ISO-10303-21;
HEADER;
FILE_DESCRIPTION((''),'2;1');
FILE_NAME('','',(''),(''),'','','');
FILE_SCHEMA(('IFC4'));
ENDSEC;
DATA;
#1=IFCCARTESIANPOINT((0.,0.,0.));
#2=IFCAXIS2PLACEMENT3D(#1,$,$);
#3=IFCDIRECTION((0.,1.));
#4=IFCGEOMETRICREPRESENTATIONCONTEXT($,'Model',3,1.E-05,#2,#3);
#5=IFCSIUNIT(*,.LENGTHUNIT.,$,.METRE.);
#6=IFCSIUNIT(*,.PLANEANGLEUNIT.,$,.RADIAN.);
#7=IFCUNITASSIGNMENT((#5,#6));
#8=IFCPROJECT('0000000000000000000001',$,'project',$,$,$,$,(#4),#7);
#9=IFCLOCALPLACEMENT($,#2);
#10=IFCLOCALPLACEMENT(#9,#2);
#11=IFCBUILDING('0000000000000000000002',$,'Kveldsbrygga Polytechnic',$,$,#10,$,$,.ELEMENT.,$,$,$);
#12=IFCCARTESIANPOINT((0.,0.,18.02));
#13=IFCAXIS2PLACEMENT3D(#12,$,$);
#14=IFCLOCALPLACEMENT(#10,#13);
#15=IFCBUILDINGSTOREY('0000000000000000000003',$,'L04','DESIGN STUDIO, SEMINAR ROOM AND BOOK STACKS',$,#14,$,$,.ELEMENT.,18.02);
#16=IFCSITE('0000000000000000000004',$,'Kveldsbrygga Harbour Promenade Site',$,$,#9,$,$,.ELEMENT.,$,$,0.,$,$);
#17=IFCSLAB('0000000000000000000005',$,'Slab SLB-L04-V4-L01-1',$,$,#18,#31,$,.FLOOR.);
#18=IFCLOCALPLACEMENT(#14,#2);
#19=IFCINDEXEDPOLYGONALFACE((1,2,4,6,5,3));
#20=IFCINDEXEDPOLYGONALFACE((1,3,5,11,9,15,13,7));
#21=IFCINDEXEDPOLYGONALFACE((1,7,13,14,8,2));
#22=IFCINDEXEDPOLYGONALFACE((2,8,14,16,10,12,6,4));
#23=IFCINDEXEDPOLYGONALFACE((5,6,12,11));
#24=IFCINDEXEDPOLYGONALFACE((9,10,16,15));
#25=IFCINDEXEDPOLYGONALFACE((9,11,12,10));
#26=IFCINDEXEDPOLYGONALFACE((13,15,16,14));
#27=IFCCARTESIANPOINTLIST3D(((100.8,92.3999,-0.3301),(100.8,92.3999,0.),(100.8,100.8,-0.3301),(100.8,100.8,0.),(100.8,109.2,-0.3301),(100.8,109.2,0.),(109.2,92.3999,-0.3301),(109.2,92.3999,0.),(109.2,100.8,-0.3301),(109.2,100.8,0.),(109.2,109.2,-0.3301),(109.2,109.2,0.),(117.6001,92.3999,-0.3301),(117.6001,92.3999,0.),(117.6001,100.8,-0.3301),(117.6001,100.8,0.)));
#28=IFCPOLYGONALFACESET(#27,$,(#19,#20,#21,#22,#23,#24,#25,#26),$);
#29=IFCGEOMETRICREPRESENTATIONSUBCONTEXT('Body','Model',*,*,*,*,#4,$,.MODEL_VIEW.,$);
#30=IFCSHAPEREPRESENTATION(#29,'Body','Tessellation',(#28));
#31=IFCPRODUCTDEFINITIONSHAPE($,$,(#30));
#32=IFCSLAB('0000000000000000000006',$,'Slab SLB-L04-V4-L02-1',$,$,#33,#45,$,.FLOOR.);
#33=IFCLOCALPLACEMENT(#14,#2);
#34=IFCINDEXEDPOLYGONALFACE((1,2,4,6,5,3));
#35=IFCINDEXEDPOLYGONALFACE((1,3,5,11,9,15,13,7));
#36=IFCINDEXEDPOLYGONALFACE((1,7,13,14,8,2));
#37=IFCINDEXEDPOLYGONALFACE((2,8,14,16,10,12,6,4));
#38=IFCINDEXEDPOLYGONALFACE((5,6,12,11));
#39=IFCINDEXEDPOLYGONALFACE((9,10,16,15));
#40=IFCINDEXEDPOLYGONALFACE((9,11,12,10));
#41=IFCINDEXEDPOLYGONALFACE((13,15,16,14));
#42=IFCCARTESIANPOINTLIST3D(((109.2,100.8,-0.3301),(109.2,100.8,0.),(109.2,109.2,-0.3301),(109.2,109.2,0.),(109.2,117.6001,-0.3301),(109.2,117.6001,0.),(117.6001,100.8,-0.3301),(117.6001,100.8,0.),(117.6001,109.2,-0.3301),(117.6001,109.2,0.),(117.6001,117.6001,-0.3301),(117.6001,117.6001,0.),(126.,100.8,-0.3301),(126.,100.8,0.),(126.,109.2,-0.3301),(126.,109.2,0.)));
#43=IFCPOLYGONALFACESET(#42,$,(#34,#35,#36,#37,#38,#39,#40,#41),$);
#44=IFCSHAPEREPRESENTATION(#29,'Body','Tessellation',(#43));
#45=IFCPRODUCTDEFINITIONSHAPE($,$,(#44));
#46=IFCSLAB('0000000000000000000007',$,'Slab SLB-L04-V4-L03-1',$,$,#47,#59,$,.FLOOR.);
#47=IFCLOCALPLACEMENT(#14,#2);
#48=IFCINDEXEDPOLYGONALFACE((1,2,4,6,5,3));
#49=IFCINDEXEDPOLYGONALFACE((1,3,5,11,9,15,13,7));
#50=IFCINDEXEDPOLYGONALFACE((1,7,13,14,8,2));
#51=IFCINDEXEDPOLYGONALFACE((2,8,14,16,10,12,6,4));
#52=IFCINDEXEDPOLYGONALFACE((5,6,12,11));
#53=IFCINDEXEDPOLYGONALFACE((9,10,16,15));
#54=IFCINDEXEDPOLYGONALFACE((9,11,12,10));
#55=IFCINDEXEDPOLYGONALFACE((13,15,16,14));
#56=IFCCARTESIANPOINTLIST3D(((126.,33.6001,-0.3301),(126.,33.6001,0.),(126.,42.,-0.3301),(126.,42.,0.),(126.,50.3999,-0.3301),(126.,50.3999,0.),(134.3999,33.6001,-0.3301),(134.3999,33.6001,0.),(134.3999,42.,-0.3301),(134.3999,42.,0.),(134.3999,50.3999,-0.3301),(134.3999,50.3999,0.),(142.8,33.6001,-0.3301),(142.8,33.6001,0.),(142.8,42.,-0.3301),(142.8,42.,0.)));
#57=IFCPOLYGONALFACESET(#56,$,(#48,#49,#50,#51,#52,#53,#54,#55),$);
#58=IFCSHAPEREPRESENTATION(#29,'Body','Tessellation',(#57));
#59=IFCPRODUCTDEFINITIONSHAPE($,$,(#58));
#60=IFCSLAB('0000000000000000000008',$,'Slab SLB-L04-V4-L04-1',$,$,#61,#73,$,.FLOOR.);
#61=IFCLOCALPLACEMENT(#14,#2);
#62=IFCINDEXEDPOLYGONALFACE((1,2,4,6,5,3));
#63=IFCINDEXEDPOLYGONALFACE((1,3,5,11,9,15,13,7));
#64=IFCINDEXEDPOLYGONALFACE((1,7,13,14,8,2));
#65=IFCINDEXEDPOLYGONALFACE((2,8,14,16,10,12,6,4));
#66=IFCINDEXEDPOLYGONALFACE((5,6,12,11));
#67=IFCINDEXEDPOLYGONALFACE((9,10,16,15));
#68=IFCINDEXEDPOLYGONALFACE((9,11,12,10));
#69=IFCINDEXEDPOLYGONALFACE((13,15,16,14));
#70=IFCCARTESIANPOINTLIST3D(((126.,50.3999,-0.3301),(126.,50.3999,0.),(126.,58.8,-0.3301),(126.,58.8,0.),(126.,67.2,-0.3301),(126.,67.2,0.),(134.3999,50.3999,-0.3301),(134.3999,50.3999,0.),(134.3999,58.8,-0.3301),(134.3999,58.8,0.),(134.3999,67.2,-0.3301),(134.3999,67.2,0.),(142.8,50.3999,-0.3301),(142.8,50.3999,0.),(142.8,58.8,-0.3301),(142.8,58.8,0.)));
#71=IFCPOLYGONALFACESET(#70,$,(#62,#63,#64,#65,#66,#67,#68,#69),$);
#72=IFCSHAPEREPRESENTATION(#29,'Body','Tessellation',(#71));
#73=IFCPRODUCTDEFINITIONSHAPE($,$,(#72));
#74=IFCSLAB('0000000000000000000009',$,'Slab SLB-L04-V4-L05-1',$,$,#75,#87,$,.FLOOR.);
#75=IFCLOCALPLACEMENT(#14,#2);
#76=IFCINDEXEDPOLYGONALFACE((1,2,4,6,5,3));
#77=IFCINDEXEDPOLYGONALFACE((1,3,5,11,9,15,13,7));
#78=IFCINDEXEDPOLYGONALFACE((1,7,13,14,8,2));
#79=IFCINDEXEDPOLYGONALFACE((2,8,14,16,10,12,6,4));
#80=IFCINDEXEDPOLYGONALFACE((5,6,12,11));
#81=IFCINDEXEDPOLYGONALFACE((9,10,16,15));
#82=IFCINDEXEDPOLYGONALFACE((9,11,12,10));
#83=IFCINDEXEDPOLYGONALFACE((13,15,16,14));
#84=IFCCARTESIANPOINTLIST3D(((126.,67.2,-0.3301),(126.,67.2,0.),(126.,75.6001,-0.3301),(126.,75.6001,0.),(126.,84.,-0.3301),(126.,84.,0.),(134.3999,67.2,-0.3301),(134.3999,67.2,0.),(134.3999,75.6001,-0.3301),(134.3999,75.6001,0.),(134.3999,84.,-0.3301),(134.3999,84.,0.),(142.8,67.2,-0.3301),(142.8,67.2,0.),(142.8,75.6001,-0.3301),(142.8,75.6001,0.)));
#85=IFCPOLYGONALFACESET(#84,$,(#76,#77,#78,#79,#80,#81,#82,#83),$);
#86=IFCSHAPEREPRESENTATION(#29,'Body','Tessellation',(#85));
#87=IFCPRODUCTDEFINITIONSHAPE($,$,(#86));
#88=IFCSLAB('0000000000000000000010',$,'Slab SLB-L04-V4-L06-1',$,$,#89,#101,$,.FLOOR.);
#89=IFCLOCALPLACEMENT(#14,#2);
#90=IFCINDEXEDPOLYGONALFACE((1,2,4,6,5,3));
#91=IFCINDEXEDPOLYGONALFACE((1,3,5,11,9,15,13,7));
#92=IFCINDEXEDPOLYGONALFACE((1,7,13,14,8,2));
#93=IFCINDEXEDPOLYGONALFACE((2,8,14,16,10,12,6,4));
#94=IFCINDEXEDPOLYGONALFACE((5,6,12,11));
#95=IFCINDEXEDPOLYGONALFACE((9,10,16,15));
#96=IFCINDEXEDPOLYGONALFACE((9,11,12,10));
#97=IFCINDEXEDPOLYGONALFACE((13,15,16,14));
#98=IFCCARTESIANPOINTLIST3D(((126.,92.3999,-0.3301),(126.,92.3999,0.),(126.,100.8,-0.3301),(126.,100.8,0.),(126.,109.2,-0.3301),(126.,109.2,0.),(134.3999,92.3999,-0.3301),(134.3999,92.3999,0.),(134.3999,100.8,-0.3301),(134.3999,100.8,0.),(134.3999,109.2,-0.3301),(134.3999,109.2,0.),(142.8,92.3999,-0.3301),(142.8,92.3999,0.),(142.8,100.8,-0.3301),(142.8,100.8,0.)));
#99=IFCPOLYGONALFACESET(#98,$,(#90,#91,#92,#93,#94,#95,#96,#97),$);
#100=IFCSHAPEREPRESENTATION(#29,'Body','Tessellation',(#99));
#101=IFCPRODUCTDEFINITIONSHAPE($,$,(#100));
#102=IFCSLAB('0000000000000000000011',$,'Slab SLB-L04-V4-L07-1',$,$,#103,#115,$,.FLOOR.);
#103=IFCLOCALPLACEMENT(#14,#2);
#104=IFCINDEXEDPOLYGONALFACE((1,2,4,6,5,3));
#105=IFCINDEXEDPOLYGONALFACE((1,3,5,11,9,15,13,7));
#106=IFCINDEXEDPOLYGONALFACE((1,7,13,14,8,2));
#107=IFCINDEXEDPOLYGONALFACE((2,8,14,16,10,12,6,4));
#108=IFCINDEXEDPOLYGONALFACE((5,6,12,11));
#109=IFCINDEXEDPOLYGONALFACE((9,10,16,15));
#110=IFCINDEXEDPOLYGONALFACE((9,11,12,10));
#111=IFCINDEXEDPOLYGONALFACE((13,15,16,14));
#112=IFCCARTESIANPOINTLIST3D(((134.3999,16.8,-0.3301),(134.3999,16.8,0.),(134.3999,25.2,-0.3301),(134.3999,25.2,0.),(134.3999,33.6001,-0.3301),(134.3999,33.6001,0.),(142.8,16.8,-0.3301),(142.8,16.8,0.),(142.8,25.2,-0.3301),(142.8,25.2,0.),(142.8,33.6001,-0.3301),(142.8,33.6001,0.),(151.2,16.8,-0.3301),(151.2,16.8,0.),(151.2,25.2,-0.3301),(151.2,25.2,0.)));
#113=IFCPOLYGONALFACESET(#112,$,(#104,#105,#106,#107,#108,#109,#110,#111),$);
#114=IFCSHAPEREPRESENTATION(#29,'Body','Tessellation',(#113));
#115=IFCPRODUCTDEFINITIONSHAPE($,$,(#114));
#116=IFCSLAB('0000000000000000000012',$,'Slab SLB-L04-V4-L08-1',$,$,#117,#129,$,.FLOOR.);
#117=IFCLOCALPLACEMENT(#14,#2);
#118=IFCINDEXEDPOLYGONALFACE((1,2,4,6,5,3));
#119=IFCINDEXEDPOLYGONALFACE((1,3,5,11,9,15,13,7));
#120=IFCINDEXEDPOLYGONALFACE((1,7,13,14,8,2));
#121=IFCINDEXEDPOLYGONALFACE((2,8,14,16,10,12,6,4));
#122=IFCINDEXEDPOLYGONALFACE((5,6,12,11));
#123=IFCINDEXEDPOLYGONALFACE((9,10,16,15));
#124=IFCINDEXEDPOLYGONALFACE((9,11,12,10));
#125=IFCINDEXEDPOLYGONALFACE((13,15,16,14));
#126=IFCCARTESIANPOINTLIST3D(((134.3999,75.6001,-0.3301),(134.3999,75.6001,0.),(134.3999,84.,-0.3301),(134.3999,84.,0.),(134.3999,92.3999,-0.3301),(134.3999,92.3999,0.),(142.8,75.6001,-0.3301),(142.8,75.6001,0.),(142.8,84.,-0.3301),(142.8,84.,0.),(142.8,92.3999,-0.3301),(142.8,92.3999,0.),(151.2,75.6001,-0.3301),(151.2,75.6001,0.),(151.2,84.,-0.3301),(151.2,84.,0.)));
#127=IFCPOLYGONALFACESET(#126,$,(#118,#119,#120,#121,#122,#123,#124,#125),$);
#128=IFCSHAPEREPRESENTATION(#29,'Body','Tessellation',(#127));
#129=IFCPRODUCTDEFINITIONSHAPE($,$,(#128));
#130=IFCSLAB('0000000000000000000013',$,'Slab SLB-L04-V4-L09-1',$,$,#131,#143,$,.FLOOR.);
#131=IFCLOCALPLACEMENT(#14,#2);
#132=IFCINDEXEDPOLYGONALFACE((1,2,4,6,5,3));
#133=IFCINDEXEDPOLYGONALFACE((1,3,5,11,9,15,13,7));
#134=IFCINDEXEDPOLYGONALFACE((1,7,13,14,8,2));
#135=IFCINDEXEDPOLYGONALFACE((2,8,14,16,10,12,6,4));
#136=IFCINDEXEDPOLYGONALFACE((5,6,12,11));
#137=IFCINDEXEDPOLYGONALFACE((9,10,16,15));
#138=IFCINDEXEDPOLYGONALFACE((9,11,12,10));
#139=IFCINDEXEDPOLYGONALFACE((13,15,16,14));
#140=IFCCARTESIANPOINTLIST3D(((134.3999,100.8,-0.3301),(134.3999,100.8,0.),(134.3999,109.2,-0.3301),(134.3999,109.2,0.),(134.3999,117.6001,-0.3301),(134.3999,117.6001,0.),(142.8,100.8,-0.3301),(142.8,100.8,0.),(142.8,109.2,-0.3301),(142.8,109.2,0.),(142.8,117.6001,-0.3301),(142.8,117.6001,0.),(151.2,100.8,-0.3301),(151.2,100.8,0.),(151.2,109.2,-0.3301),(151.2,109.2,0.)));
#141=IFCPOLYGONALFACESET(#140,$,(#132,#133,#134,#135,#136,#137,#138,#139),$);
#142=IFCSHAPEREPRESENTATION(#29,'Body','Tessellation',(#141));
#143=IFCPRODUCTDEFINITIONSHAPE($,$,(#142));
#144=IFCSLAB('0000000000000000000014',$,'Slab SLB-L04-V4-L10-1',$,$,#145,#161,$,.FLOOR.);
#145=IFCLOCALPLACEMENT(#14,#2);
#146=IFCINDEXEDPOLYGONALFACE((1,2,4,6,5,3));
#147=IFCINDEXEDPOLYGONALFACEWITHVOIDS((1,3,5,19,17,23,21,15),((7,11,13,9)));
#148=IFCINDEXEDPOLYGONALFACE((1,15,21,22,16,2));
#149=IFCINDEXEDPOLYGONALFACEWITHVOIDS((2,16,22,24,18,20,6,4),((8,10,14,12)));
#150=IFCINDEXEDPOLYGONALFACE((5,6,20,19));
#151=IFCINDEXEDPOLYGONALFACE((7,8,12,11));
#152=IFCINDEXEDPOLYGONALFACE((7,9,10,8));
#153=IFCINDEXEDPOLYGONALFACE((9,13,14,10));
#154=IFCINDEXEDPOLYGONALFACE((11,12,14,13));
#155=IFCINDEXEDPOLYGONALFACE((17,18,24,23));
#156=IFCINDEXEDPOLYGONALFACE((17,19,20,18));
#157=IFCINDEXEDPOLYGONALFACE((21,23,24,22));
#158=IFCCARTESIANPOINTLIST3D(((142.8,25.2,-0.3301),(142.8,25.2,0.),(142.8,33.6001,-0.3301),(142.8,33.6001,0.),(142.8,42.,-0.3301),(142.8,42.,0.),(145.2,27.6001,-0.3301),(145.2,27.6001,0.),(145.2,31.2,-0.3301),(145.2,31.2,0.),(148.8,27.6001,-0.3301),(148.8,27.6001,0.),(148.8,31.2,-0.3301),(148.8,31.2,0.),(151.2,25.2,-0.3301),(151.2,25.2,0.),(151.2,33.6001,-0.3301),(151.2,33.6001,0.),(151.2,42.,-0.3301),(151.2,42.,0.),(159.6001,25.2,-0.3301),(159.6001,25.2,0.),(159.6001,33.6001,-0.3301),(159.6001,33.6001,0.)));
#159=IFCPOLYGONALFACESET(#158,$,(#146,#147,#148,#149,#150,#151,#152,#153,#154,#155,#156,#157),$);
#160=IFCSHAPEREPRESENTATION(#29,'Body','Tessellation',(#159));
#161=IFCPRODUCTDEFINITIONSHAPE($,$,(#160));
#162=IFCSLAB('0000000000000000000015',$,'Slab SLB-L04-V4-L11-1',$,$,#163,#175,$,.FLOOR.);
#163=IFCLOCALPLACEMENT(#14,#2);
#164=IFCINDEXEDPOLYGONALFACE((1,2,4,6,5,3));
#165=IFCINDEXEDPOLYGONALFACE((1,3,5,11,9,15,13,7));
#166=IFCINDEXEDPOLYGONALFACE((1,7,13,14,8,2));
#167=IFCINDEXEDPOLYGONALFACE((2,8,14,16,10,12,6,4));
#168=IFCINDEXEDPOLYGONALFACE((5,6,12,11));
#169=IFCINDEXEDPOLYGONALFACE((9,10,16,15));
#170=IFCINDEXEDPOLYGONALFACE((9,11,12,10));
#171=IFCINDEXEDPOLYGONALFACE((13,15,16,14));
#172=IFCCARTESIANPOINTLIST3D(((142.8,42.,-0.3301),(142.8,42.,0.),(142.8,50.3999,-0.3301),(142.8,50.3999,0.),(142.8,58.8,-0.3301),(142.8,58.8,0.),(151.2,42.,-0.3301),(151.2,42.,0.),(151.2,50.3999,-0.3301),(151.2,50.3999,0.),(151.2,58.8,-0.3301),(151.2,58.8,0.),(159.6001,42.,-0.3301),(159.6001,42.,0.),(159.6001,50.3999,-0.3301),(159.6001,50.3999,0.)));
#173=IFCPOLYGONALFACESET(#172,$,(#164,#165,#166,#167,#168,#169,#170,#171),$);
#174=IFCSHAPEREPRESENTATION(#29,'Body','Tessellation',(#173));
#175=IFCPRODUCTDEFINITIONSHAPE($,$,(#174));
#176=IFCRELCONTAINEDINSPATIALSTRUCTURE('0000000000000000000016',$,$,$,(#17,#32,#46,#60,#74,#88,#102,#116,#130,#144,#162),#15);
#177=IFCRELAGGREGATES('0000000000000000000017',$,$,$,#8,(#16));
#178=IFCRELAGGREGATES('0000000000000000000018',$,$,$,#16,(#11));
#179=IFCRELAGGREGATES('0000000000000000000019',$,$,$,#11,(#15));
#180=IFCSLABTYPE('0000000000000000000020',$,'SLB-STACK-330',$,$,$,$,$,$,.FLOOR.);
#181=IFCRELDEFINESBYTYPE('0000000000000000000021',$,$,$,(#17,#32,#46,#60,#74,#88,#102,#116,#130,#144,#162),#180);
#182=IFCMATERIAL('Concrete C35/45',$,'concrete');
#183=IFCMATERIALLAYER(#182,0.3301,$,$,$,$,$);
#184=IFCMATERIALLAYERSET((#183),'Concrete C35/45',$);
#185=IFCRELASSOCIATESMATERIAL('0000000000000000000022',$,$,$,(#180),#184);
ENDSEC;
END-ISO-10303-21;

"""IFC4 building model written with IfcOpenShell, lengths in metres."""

from ifc_helpers import new_model, si_unit, direction, frame, origin, place, context, subcontext, project, spatial, polyline, outline, extrude, material, layer, layer_set, type_object, element, save


model = new_model("IFC4")

# Units and contexts
model_context = context("Model", 3, precision=1e-05, world=origin(), true_north=direction((0.0, 1.0)))
body_context = subcontext(model_context, "Body", "Model", "MODEL_VIEW")
ifc_project = project(units=[si_unit("LENGTHUNIT", "METRE"), si_unit("PLANEANGLEUNIT", "RADIAN")], contexts=[model_context])

# Site, building, storey
site_placement = place(None, origin())
site = spatial("IfcSite", under=ifc_project, at=site_placement, Name="Kveldsbrygga Harbour Promenade Site", CompositionType="ELEMENT", RefElevation=0.0)
building_placement = place(site_placement, origin())
building = spatial("IfcBuilding", under=site, at=building_placement, Name="Kveldsbrygga Polytechnic", CompositionType="ELEMENT")
storey_placement = place(building_placement, frame((0.0, 0.0, 18.02)))
storey = spatial("IfcBuildingStorey", under=building, at=storey_placement, Name="L04", Description="DESIGN STUDIO, SEMINAR ROOM AND BOOK STACKS", CompositionType="ELEMENT", Elevation=18.02)

# Slabs
ifc_material = material(Name="Concrete C35/45", Category="concrete")
ifc_layer = layer(ifc_material, 0.3301)
ifc_layer_set = layer_set([ifc_layer], Name="Concrete C35/45")
slab_type = type_object("IfcSlabType", Name="SLB-STACK-330", PredefinedType="FLOOR", material=ifc_layer_set)
slab_1_placement = place(storey_placement, frame((0.0, 0.0, -0.3301)))
element("IfcSlab", 1, at=slab_1_placement, inside=storey, type_object=slab_type, Name="Slab SLB-L04-V4-L01-1", PredefinedType="FLOOR", context=body_context, shape_type="SweptSolid", body=[
    extrude(outline(polyline([(100.8, 92.3999), (100.8, 100.8), (100.8, 109.2), (109.2, 109.2), (109.2, 100.8), (117.6001, 100.8), (117.6001, 92.3999), (109.2, 92.3999), (100.8, 92.3999)])), origin(), (0.0, 0.0, 1.0), 0.3301),
])
slab_2_placement = place(storey_placement, frame((0.0, 0.0, -0.3301)))
element("IfcSlab", 2, at=slab_2_placement, inside=storey, type_object=slab_type, Name="Slab SLB-L04-V4-L02-1", PredefinedType="FLOOR", context=body_context, shape_type="SweptSolid", body=[
    extrude(outline(polyline([(109.2, 100.8), (109.2, 109.2), (109.2, 117.6001), (117.6001, 117.6001), (117.6001, 109.2), (126.0, 109.2), (126.0, 100.8), (117.6001, 100.8), (109.2, 100.8)])), origin(), (0.0, 0.0, 1.0), 0.3301),
])
slab_3_placement = place(storey_placement, frame((0.0, 0.0, -0.3301)))
element("IfcSlab", 3, at=slab_3_placement, inside=storey, type_object=slab_type, Name="Slab SLB-L04-V4-L03-1", PredefinedType="FLOOR", context=body_context, shape_type="SweptSolid", body=[
    extrude(outline(polyline([(126.0, 33.6001), (126.0, 42.0), (126.0, 50.3999), (134.3999, 50.3999), (134.3999, 42.0), (142.8, 42.0), (142.8, 33.6001), (134.3999, 33.6001), (126.0, 33.6001)])), origin(), (0.0, 0.0, 1.0), 0.3301),
])
slab_4_placement = place(storey_placement, frame((0.0, 0.0, -0.3301)))
element("IfcSlab", 4, at=slab_4_placement, inside=storey, type_object=slab_type, Name="Slab SLB-L04-V4-L04-1", PredefinedType="FLOOR", context=body_context, shape_type="SweptSolid", body=[
    extrude(outline(polyline([(126.0, 50.3999), (126.0, 58.8), (126.0, 67.2), (134.3999, 67.2), (134.3999, 58.8), (142.8, 58.8), (142.8, 50.3999), (134.3999, 50.3999), (126.0, 50.3999)])), origin(), (0.0, 0.0, 1.0), 0.3301),
])
slab_5_placement = place(storey_placement, frame((0.0, 0.0, -0.3301)))
element("IfcSlab", 5, at=slab_5_placement, inside=storey, type_object=slab_type, Name="Slab SLB-L04-V4-L05-1", PredefinedType="FLOOR", context=body_context, shape_type="SweptSolid", body=[
    extrude(outline(polyline([(126.0, 67.2), (126.0, 75.6001), (126.0, 84.0), (134.3999, 84.0), (134.3999, 75.6001), (142.8, 75.6001), (142.8, 67.2), (134.3999, 67.2), (126.0, 67.2)])), origin(), (0.0, 0.0, 1.0), 0.3301),
])
slab_6_placement = place(storey_placement, frame((0.0, 0.0, -0.3301)))
element("IfcSlab", 6, at=slab_6_placement, inside=storey, type_object=slab_type, Name="Slab SLB-L04-V4-L06-1", PredefinedType="FLOOR", context=body_context, shape_type="SweptSolid", body=[
    extrude(outline(polyline([(126.0, 92.3999), (126.0, 100.8), (126.0, 109.2), (134.3999, 109.2), (134.3999, 100.8), (142.8, 100.8), (142.8, 92.3999), (134.3999, 92.3999), (126.0, 92.3999)])), origin(), (0.0, 0.0, 1.0), 0.3301),
])
slab_7_placement = place(storey_placement, frame((0.0, 0.0, -0.3301)))
element("IfcSlab", 7, at=slab_7_placement, inside=storey, type_object=slab_type, Name="Slab SLB-L04-V4-L07-1", PredefinedType="FLOOR", context=body_context, shape_type="SweptSolid", body=[
    extrude(outline(polyline([(134.3999, 16.8), (134.3999, 25.2), (134.3999, 33.6001), (142.8, 33.6001), (142.8, 25.2), (151.2, 25.2), (151.2, 16.8), (142.8, 16.8), (134.3999, 16.8)])), origin(), (0.0, 0.0, 1.0), 0.3301),
])
slab_8_placement = place(storey_placement, frame((0.0, 0.0, -0.3301)))
element("IfcSlab", 8, at=slab_8_placement, inside=storey, type_object=slab_type, Name="Slab SLB-L04-V4-L08-1", PredefinedType="FLOOR", context=body_context, shape_type="SweptSolid", body=[
    extrude(outline(polyline([(134.3999, 75.6001), (134.3999, 84.0), (134.3999, 92.3999), (142.8, 92.3999), (142.8, 84.0), (151.2, 84.0), (151.2, 75.6001), (142.8, 75.6001), (134.3999, 75.6001)])), origin(), (0.0, 0.0, 1.0), 0.3301),
])
slab_9_placement = place(storey_placement, frame((0.0, 0.0, -0.3301)))
element("IfcSlab", 9, at=slab_9_placement, inside=storey, type_object=slab_type, Name="Slab SLB-L04-V4-L09-1", PredefinedType="FLOOR", context=body_context, shape_type="SweptSolid", body=[
    extrude(outline(polyline([(134.3999, 100.8), (134.3999, 109.2), (134.3999, 117.6001), (142.8, 117.6001), (142.8, 109.2), (151.2, 109.2), (151.2, 100.8), (142.8, 100.8), (134.3999, 100.8)])), origin(), (0.0, 0.0, 1.0), 0.3301),
])
slab_10_placement = place(storey_placement, frame((0.0, 0.0, -0.3301)))
element("IfcSlab", 10, at=slab_10_placement, inside=storey, type_object=slab_type, Name="Slab SLB-L04-V4-L10-1", PredefinedType="FLOOR", context=body_context, shape_type="SweptSolid", body=[
    extrude(outline(polyline([(142.8, 25.2), (142.8, 33.6001), (142.8, 42.0), (151.2, 42.0), (151.2, 33.6001), (159.6001, 33.6001), (159.6001, 25.2), (151.2, 25.2), (142.8, 25.2)]), holes=[polyline([(145.2, 27.6001), (148.8, 27.6001), (148.8, 31.2), (145.2, 31.2), (145.2, 27.6001)])]), origin(), (0.0, 0.0, 1.0), 0.3301),
])
slab_11_placement = place(storey_placement, frame((0.0, 0.0, -0.3301)))
element("IfcSlab", 11, at=slab_11_placement, inside=storey, type_object=slab_type, Name="Slab SLB-L04-V4-L11-1", PredefinedType="FLOOR", context=body_context, shape_type="SweptSolid", body=[
    extrude(outline(polyline([(142.8, 42.0), (142.8, 50.3999), (142.8, 58.8), (151.2, 58.8), (151.2, 50.3999), (159.6001, 50.3999), (159.6001, 42.0), (151.2, 42.0), (142.8, 42.0)])), origin(), (0.0, 0.0, 1.0), 0.3301),
])

save(model, "model.ifc")
